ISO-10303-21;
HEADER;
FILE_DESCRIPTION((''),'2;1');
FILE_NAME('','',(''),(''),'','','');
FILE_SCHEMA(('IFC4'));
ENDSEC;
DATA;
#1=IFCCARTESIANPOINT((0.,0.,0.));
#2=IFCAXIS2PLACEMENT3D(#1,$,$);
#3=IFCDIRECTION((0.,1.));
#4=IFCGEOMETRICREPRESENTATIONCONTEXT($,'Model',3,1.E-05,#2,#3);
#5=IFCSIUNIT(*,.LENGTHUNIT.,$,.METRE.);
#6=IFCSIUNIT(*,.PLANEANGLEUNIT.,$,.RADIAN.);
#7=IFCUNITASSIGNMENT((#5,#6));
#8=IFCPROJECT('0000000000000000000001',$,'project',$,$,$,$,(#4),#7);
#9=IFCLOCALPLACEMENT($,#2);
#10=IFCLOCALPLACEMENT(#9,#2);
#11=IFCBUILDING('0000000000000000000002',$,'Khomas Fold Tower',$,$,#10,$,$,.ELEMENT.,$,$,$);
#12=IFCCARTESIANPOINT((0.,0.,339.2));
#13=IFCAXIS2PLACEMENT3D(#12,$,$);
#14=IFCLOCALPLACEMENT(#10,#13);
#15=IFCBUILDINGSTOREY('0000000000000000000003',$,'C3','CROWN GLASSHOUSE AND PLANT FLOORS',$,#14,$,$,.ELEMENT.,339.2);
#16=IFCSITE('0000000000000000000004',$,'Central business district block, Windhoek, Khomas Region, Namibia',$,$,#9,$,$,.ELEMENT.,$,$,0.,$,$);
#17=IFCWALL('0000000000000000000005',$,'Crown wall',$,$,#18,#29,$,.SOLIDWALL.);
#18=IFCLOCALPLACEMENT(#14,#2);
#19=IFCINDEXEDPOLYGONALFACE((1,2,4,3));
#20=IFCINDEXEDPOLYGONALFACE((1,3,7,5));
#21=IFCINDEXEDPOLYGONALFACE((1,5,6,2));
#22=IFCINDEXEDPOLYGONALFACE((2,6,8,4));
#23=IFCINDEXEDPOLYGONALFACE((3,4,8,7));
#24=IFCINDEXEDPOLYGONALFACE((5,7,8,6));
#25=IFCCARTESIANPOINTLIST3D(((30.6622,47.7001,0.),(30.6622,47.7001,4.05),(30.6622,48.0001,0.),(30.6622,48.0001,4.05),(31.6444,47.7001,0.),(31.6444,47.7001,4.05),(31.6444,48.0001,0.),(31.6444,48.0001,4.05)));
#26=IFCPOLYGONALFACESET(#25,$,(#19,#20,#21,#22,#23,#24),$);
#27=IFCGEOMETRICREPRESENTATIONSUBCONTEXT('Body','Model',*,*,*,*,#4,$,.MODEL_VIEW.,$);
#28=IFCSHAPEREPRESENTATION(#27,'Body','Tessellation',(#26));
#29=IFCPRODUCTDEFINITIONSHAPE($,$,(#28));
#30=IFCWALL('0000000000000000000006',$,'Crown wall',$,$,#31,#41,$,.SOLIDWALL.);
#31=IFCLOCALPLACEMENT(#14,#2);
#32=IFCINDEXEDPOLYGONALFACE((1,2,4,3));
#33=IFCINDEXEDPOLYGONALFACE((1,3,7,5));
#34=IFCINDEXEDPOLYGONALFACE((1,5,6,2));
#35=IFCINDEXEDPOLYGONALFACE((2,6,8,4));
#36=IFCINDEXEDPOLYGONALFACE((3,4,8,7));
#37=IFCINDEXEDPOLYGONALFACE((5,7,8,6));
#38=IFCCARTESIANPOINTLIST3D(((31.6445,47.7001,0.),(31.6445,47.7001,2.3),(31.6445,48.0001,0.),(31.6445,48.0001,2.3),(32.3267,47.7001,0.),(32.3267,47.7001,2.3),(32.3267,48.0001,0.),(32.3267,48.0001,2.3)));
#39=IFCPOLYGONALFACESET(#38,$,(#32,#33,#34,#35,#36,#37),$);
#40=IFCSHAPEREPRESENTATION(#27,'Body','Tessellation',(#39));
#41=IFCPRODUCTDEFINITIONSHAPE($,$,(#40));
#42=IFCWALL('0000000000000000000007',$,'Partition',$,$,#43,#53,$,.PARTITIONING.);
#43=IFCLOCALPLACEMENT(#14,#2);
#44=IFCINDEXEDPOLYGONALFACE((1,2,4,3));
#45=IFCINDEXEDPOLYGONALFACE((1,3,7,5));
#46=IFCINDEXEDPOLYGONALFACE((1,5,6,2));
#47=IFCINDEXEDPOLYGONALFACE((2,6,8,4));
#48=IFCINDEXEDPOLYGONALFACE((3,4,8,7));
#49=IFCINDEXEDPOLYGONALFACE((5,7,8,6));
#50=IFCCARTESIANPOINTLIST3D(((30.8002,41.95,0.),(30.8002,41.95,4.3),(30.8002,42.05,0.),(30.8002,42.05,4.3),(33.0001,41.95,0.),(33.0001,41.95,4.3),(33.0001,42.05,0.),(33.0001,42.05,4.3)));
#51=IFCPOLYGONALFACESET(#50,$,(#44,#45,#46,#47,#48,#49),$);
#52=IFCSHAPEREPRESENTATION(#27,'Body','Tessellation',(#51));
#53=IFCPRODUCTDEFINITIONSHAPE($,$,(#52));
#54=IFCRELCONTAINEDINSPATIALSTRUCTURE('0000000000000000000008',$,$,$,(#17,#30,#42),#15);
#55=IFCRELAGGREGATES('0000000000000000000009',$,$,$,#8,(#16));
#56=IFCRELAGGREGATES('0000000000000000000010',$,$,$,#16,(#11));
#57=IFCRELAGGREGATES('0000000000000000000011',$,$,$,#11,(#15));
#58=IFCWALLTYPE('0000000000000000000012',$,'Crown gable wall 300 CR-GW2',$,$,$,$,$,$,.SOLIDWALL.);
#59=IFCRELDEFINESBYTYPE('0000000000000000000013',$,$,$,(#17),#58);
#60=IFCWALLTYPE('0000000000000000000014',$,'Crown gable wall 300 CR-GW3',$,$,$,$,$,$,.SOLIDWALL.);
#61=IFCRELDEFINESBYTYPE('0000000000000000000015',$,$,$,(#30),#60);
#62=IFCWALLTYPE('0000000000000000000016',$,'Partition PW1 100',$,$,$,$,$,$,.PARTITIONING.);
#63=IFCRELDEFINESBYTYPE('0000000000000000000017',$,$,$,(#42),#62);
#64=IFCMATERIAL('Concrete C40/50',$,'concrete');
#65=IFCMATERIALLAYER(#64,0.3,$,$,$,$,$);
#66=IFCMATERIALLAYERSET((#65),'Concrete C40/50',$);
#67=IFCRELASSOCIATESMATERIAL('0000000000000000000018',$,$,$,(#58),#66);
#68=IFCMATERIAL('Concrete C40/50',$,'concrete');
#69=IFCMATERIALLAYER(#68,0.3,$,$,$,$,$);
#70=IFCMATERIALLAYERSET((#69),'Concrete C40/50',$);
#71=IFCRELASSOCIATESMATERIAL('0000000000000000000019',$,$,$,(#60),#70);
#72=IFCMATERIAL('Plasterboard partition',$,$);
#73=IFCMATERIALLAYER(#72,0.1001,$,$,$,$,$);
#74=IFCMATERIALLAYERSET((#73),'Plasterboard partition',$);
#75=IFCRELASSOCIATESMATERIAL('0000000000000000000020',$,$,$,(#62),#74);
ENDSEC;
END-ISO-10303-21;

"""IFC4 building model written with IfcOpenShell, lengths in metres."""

from ifc_helpers import new_model, si_unit, direction, frame, frame_2d, origin, place, context, subcontext, project, spatial, rectangle, extrude, source, transform, mapped, material, layer, layer_set, type_object, element, save


model = new_model("IFC4")

# Units and contexts
model_context = context("Model", 3, precision=1e-05, world=origin(), true_north=direction((0.0, 1.0)))
body_context = subcontext(model_context, "Body", "Model", "MODEL_VIEW")
ifc_project = project(units=[si_unit("LENGTHUNIT", "METRE"), si_unit("PLANEANGLEUNIT", "RADIAN")], contexts=[model_context])

# Site, building, storey
site_placement = place(None, origin())
site = spatial("IfcSite", under=ifc_project, at=site_placement, Name="Central business district block, Windhoek, Khomas Region, Namibia", CompositionType="ELEMENT", RefElevation=0.0)
building_placement = place(site_placement, origin())
building = spatial("IfcBuilding", under=site, at=building_placement, Name="Khomas Fold Tower", CompositionType="ELEMENT")
storey_placement = place(building_placement, frame((0.0, 0.0, 339.2)))
storey = spatial("IfcBuildingStorey", under=building, at=storey_placement, Name="C3", Description="CROWN GLASSHOUSE AND PLANT FLOORS", CompositionType="ELEMENT", Elevation=339.2)

# Walls
ifc_material_1 = material(Name="Concrete C40/50", Category="concrete")
ifc_layer_1 = layer(ifc_material_1, 0.3)
ifc_layer_set_1 = layer_set([ifc_layer_1], Name="Concrete C40/50")
wall_type_1 = type_object("IfcWallType", Name="Crown gable wall 300 CR-GW2", PredefinedType="SOLIDWALL", material=ifc_layer_set_1)
shared_shape_1 = source(origin(), body_context, "Body", "SweptSolid", [
    extrude(rectangle(XDim=0.9822, YDim=0.3, at=frame_2d((0.4912, 0.0))), origin(), (0.0, 0.0, 1.0), 4.05),
])
wall_1_placement = place(storey_placement, frame((31.6445, 47.8501, 0.0), z_axis=(0.0, 0.0, 1.0), x_axis=(-1.0, 0.0, 0.0)))
element("IfcWall", 1, at=wall_1_placement, inside=storey, type_object=wall_type_1, Name="Crown wall", PredefinedType="SOLIDWALL", context=body_context, shape_type="MappedRepresentation", body=[
    mapped(shared_shape_1, transform((0.0, 0.0, 0.0))),
])
ifc_material_2 = material(Name="Concrete C40/50", Category="concrete")
ifc_layer_2 = layer(ifc_material_2, 0.3)
ifc_layer_set_2 = layer_set([ifc_layer_2], Name="Concrete C40/50")
wall_type_2 = type_object("IfcWallType", Name="Crown gable wall 300 CR-GW3", PredefinedType="SOLIDWALL", material=ifc_layer_set_2)
shared_shape_2 = source(origin(), body_context, "Body", "SweptSolid", [
    extrude(rectangle(XDim=0.6821, YDim=0.3, at=frame_2d((0.3411, 0.0))), origin(), (0.0, 0.0, 1.0), 2.3),
])
wall_2_placement = place(storey_placement, frame((32.3267, 47.8501, 0.0), z_axis=(0.0, 0.0, 1.0), x_axis=(-1.0, 0.0, 0.0)))
element("IfcWall", 2, at=wall_2_placement, inside=storey, type_object=wall_type_2, Name="Crown wall", PredefinedType="SOLIDWALL", context=body_context, shape_type="MappedRepresentation", body=[
    mapped(shared_shape_2, transform((0.0, 0.0, 0.0))),
])

# Wall
ifc_material_3 = material(Name="Plasterboard partition")
ifc_layer_3 = layer(ifc_material_3, 0.1001)
ifc_layer_set_3 = layer_set([ifc_layer_3], Name="Plasterboard partition")
wall_type_3 = type_object("IfcWallType", Name="Partition PW1 100", PredefinedType="PARTITIONING", material=ifc_layer_set_3)
shared_shape_3 = source(origin(), body_context, "Body", "SweptSolid", [
    extrude(rectangle(XDim=2.2, YDim=0.1001, at=frame_2d((1.1001, 0.0))), origin(), (0.0, 0.0, 1.0), 4.3),
])
wall_3_placement = place(storey_placement, frame((30.8, 42.0, 0.0), z_axis=(0.0, 0.0, 1.0), x_axis=(1.0, 0.0, 0.0)))
element("IfcWall", 3, at=wall_3_placement, inside=storey, type_object=wall_type_3, Name="Partition", PredefinedType="PARTITIONING", context=body_context, shape_type="MappedRepresentation", body=[
    mapped(shared_shape_3, transform((0.0, 0.0, 0.0))),
])

save(model, "model.ifc")
